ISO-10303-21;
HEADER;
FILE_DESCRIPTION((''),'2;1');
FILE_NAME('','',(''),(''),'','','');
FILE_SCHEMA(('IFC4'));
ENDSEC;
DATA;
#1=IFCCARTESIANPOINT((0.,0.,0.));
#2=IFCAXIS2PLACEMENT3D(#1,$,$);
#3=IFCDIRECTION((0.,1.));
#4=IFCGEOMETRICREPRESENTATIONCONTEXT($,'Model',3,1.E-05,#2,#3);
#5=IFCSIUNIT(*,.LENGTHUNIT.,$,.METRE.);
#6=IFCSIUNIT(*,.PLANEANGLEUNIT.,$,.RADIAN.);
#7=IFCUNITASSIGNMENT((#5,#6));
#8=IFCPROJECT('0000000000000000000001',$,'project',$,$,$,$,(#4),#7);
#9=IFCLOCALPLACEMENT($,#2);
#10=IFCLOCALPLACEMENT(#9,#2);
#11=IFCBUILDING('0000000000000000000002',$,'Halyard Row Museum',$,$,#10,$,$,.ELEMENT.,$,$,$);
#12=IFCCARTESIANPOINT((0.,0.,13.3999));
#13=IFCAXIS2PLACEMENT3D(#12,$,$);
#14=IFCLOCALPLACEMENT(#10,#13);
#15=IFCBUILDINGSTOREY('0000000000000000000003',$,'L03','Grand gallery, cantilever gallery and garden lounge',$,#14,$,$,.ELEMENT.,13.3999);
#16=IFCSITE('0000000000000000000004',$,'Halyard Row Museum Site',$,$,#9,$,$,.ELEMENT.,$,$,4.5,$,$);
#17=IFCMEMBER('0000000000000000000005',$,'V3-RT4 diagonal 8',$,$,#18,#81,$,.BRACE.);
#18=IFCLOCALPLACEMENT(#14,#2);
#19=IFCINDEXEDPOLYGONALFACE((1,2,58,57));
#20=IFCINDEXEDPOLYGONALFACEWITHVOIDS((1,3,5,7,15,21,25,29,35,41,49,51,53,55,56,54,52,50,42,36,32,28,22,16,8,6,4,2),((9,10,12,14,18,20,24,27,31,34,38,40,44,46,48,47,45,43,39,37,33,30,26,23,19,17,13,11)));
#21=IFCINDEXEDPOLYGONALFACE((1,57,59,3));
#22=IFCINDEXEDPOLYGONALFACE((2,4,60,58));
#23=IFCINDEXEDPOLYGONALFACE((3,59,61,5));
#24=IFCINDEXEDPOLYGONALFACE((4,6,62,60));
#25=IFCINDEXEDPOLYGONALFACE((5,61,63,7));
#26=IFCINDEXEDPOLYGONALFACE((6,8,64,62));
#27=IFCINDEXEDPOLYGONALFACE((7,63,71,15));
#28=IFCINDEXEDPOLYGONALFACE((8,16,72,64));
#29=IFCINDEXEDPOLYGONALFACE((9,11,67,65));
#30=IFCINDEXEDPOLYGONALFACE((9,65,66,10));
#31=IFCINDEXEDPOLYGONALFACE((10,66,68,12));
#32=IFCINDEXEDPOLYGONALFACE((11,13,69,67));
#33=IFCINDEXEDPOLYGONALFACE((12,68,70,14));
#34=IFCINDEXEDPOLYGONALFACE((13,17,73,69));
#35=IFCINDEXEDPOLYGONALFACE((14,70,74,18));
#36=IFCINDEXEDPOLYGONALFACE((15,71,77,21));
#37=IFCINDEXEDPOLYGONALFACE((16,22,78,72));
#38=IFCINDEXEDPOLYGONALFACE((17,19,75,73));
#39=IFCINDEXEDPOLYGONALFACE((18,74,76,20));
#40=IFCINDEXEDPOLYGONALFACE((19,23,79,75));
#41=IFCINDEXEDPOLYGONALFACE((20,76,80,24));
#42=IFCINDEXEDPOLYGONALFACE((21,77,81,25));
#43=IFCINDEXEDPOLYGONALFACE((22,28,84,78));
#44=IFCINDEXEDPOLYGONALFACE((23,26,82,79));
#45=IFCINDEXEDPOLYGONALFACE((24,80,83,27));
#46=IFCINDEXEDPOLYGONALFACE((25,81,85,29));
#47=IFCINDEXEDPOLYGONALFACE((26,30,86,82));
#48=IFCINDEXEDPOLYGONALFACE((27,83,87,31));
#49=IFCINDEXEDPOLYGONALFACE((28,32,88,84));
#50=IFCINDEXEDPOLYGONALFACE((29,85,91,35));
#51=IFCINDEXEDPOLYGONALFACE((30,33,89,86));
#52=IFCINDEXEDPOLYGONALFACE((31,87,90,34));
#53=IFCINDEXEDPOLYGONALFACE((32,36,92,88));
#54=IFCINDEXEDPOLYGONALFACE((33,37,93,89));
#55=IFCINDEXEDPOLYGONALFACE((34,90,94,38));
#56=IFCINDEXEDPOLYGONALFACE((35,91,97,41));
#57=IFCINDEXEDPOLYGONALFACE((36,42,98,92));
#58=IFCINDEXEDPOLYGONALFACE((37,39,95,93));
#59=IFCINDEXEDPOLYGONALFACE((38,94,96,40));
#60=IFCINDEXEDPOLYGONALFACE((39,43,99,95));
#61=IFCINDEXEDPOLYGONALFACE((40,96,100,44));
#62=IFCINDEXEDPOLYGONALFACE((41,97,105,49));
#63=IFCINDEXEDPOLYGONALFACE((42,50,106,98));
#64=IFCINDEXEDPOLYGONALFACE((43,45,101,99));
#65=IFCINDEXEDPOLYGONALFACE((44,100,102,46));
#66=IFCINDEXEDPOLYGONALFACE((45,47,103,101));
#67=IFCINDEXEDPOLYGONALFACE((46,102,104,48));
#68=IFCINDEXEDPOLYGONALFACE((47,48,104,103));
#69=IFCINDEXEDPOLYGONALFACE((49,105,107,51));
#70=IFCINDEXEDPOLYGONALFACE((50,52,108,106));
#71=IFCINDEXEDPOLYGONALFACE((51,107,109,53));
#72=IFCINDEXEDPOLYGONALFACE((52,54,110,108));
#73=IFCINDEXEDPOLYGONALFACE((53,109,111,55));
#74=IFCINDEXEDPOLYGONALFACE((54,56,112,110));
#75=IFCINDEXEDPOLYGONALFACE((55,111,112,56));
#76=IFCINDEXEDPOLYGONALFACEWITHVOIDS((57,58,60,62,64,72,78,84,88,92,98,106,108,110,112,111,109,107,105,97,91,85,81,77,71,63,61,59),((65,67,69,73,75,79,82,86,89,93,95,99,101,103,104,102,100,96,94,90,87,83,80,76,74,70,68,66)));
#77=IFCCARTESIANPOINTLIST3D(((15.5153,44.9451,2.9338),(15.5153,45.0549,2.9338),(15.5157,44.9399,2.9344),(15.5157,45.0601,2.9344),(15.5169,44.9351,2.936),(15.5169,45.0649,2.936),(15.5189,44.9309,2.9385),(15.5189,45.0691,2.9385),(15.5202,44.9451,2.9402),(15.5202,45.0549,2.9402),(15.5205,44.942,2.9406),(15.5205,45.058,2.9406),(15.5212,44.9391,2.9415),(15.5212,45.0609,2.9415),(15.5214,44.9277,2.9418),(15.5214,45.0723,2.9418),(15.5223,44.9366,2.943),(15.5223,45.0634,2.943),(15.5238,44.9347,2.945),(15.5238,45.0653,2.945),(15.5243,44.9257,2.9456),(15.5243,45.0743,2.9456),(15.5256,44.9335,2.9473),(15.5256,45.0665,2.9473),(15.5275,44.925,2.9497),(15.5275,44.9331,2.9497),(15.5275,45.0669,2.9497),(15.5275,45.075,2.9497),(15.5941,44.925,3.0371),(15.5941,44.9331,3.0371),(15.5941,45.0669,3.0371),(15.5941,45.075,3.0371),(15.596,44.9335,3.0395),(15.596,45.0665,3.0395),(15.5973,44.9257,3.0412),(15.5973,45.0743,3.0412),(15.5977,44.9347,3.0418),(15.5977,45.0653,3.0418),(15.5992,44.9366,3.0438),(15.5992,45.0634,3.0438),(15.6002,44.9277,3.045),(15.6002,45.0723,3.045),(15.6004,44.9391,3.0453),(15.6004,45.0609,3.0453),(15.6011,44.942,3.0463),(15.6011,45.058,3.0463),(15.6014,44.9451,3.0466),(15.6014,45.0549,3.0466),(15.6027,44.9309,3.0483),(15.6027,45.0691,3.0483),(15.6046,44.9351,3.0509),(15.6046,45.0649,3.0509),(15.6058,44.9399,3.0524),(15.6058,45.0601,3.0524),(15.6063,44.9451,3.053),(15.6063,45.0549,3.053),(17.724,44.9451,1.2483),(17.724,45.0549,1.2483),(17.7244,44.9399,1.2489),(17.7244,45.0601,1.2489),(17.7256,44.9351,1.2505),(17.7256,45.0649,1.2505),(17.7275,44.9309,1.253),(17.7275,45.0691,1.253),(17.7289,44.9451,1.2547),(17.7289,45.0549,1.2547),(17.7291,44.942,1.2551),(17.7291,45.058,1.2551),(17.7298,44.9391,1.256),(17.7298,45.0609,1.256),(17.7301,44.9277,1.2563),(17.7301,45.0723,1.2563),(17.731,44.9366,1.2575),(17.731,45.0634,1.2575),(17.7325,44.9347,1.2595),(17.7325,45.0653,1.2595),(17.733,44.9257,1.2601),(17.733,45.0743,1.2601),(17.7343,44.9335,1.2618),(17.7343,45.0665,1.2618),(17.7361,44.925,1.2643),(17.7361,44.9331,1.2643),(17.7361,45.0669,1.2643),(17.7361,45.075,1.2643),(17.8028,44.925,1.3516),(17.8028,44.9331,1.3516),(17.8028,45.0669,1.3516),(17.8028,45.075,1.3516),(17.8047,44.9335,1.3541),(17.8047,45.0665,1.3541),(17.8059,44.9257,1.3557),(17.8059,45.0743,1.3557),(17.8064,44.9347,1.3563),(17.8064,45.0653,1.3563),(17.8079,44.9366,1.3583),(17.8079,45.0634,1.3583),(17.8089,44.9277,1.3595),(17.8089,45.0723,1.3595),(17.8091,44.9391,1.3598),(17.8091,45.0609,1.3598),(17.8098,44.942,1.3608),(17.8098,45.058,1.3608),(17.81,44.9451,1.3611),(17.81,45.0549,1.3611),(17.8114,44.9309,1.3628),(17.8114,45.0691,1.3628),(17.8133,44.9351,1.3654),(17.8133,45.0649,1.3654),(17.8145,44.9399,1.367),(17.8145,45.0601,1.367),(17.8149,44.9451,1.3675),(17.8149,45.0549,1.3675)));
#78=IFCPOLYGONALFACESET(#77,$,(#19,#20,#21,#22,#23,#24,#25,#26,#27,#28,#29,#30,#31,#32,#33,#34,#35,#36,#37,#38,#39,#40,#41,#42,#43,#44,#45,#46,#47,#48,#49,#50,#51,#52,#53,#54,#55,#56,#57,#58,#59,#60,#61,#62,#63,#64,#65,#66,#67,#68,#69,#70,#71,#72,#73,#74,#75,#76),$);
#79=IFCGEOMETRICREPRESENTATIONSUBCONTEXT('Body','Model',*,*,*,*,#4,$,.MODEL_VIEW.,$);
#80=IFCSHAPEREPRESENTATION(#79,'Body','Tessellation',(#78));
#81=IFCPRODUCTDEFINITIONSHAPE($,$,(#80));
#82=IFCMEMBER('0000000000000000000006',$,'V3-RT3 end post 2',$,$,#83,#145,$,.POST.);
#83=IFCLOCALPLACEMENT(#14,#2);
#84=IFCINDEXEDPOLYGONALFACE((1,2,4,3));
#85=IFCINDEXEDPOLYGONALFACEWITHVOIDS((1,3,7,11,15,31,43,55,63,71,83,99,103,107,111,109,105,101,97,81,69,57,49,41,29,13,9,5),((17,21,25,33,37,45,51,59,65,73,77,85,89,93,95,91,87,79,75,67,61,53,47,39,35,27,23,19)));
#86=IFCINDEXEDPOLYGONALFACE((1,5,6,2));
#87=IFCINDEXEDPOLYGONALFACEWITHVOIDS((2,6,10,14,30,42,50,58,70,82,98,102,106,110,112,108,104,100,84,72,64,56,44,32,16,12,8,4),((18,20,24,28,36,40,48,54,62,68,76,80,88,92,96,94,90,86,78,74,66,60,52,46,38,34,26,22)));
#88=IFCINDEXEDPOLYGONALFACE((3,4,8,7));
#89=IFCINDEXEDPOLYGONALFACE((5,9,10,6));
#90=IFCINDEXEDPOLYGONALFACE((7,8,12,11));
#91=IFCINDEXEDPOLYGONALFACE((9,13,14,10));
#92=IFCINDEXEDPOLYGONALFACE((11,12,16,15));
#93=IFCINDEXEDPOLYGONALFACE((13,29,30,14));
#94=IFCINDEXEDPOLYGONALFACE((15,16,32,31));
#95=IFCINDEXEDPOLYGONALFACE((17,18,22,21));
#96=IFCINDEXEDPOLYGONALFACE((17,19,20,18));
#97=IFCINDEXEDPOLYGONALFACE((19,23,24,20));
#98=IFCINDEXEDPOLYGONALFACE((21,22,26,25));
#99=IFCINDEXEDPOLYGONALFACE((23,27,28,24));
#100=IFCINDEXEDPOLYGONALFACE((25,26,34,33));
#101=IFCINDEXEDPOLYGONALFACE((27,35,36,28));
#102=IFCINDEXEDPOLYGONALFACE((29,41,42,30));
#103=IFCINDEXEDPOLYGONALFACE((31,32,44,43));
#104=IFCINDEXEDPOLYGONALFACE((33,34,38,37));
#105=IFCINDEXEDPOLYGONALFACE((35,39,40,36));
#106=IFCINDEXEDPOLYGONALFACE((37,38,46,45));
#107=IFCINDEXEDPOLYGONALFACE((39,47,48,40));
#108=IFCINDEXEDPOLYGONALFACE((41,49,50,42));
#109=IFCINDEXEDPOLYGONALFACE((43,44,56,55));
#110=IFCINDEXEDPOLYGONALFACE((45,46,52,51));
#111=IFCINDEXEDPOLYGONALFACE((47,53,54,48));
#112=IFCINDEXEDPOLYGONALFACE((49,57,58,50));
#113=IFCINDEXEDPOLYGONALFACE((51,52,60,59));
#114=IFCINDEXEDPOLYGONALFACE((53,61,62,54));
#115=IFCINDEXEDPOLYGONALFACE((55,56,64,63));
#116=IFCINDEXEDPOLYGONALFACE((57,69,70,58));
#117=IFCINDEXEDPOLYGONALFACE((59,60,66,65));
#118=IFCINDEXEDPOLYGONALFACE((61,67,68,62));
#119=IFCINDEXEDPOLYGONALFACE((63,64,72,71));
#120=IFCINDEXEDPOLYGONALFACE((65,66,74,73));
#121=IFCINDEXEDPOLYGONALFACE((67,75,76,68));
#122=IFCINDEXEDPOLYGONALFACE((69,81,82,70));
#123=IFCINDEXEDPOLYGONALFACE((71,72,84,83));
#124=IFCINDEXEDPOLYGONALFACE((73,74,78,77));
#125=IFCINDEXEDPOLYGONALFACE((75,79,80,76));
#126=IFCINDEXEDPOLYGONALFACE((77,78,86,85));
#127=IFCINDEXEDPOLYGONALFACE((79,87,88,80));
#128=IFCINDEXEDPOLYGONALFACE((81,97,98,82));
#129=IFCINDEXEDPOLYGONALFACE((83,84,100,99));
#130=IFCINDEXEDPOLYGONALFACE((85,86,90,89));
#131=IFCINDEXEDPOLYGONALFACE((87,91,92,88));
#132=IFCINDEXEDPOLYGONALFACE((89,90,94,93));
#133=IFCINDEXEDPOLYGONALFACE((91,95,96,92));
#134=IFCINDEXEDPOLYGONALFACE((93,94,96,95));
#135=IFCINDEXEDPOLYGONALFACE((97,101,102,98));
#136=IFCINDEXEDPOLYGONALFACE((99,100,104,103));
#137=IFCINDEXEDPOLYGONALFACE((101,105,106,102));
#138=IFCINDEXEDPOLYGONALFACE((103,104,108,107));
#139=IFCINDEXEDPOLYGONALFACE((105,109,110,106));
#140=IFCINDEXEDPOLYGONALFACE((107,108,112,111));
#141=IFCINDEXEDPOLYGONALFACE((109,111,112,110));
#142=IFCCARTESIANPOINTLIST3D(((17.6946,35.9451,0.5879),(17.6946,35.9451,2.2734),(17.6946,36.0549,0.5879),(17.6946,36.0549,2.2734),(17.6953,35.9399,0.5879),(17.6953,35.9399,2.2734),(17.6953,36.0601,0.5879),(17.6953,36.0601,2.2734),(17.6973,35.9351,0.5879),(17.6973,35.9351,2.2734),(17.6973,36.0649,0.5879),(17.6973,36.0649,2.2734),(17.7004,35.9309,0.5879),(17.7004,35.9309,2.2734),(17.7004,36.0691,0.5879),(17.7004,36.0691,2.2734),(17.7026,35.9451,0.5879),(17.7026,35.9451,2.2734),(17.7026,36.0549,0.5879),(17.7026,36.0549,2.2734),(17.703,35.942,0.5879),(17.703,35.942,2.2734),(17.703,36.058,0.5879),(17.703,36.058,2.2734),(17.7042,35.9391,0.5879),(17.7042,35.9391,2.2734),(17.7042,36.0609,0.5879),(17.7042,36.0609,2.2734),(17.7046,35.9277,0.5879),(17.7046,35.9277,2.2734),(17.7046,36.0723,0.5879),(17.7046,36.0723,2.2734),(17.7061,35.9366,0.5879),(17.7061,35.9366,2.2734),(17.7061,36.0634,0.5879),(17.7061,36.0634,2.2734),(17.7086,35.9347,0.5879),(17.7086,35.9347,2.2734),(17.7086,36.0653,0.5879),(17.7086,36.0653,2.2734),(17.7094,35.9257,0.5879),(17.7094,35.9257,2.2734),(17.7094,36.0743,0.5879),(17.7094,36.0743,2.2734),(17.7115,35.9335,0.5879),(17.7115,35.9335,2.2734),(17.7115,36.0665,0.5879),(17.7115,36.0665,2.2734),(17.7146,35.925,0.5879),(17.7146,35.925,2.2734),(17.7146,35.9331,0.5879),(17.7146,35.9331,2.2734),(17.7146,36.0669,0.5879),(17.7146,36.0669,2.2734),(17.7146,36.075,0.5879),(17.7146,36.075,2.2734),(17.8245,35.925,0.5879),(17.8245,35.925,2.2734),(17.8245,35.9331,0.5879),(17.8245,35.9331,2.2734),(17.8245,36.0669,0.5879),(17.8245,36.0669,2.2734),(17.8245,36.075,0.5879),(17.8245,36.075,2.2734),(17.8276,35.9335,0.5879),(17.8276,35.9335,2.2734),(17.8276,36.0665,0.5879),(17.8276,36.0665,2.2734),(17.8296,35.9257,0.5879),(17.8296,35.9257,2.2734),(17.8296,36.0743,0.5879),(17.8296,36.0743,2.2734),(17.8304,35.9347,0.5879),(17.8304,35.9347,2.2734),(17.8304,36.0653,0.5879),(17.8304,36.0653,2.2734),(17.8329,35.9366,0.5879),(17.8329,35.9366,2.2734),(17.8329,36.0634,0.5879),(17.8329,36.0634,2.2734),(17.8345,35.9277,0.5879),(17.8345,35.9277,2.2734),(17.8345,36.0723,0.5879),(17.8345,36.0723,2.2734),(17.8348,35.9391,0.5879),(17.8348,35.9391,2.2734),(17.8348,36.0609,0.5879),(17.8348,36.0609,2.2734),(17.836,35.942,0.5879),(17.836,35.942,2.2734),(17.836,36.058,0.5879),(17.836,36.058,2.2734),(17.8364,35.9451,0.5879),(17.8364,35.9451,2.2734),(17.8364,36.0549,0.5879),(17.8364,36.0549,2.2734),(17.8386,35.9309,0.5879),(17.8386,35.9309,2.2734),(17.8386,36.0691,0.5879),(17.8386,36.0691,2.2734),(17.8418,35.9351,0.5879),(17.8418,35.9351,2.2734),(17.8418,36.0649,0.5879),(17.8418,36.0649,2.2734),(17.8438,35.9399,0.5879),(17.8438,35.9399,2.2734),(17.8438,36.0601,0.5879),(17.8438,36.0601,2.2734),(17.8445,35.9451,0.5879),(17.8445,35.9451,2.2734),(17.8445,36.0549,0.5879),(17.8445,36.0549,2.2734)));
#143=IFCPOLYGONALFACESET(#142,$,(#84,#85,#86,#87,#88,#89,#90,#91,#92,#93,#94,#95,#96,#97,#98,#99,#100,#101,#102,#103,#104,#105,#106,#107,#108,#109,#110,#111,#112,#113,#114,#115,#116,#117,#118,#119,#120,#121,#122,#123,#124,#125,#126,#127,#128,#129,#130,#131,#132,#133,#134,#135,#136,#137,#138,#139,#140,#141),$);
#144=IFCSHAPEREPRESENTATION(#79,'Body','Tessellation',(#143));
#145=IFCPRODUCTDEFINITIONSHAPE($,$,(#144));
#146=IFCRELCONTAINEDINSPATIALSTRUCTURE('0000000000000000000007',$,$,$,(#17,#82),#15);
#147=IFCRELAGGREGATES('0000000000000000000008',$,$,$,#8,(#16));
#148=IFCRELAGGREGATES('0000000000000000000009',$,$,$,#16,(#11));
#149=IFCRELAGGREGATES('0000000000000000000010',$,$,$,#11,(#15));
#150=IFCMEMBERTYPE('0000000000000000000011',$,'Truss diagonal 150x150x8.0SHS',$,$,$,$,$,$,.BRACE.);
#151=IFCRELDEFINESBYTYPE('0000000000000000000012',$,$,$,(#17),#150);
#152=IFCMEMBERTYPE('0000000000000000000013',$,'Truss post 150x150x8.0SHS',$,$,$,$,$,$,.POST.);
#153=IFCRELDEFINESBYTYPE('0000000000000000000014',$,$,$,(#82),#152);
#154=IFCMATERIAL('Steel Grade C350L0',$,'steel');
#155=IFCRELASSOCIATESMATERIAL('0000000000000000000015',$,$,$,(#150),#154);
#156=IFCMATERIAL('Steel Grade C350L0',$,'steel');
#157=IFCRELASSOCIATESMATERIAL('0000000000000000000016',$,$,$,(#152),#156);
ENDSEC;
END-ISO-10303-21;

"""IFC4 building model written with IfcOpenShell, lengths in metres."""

from ifc_helpers import new_model, si_unit, direction, frame, origin, origin_2d, place, context, subcontext, project, spatial, hollow_rectangle, extrude, material, material_profile, profile_set, type_object, element, save


model = new_model("IFC4")

# Units and contexts
model_context = context("Model", 3, precision=1e-05, world=origin(), true_north=direction((0.0, 1.0)))
body_context = subcontext(model_context, "Body", "Model", "MODEL_VIEW")
ifc_project = project(units=[si_unit("LENGTHUNIT", "METRE"), si_unit("PLANEANGLEUNIT", "RADIAN")], contexts=[model_context])

# Site, building, storey
site_placement = place(None, origin())
site = spatial("IfcSite", under=ifc_project, at=site_placement, Name="Halyard Row Museum Site", CompositionType="ELEMENT", RefElevation=4.5)
building_placement = place(site_placement, origin())
building = spatial("IfcBuilding", under=site, at=building_placement, Name="Halyard Row Museum", CompositionType="ELEMENT")
storey_placement = place(building_placement, frame((0.0, 0.0, 13.3999)))
storey = spatial("IfcBuildingStorey", under=building, at=storey_placement, Name="L03", Description="Grand gallery, cantilever gallery and garden lounge", CompositionType="ELEMENT", Elevation=13.3999)

# Members
ifc_material_1 = material(Name="Steel Grade C350L0", Category="steel")
ifc_material_profile_1 = material_profile(ifc_material_1, hollow_rectangle(XDim=0.1499, YDim=0.1499, WallThickness=0.0081, InnerFilletRadius=0.012, OuterFilletRadius=0.02, at=origin_2d()), Name="150x150x8.0SHS")
ifc_profile_set_1 = profile_set([ifc_material_profile_1], Name="Steel Grade C350L0")
member_type_1 = type_object("IfcMemberType", Name="Truss diagonal 150x150x8.0SHS", PredefinedType="BRACE", material=ifc_profile_set_1)
for number, where, z_axis, x_axis, name in (
    (1, (15.5608, 45.0, 2.9934), (0.794964, 0.0, -0.606657), (0.0, 1.0, 0.0), "V3-RT4 diagonal 8"),
):
    element("IfcMember", number, at=place(storey_placement, frame(where, z_axis=z_axis, x_axis=x_axis)), inside=storey, type_object=member_type_1, Name=name, PredefinedType="BRACE", context=body_context, shape_type="SweptSolid", body=[
        extrude(hollow_rectangle(XDim=0.1499, YDim=0.1499, WallThickness=0.0081, InnerFilletRadius=0.012, OuterFilletRadius=0.02, at=origin_2d()), origin(), (0.0, 0.0, 1.0), 2.7783),
    ])
ifc_material_2 = material(Name="Steel Grade C350L0", Category="steel")
ifc_material_profile_2 = material_profile(ifc_material_2, hollow_rectangle(XDim=0.1499, YDim=0.1499, WallThickness=0.0081, InnerFilletRadius=0.012, OuterFilletRadius=0.02, at=origin_2d()), Name="150x150x8.0SHS")
ifc_profile_set_2 = profile_set([ifc_material_profile_2], Name="Steel Grade C350L0")
member_type_2 = type_object("IfcMemberType", Name="Truss post 150x150x8.0SHS", PredefinedType="POST", material=ifc_profile_set_2)
for number, where, z_axis, x_axis, name in (
    (2, (17.7695, 36.0, 0.5879), (0.0, 0.0, 1.0), (1.0, 0.0, 0.0), "V3-RT3 end post 2"),
):
    element("IfcMember", number, at=place(storey_placement, frame(where, z_axis=z_axis, x_axis=x_axis)), inside=storey, type_object=member_type_2, Name=name, PredefinedType="POST", context=body_context, shape_type="SweptSolid", body=[
        extrude(hollow_rectangle(XDim=0.1499, YDim=0.1499, WallThickness=0.0081, InnerFilletRadius=0.012, OuterFilletRadius=0.02, at=origin_2d()), origin(), (0.0, 0.0, 1.0), 1.6855),
    ])

save(model, "model.ifc")
